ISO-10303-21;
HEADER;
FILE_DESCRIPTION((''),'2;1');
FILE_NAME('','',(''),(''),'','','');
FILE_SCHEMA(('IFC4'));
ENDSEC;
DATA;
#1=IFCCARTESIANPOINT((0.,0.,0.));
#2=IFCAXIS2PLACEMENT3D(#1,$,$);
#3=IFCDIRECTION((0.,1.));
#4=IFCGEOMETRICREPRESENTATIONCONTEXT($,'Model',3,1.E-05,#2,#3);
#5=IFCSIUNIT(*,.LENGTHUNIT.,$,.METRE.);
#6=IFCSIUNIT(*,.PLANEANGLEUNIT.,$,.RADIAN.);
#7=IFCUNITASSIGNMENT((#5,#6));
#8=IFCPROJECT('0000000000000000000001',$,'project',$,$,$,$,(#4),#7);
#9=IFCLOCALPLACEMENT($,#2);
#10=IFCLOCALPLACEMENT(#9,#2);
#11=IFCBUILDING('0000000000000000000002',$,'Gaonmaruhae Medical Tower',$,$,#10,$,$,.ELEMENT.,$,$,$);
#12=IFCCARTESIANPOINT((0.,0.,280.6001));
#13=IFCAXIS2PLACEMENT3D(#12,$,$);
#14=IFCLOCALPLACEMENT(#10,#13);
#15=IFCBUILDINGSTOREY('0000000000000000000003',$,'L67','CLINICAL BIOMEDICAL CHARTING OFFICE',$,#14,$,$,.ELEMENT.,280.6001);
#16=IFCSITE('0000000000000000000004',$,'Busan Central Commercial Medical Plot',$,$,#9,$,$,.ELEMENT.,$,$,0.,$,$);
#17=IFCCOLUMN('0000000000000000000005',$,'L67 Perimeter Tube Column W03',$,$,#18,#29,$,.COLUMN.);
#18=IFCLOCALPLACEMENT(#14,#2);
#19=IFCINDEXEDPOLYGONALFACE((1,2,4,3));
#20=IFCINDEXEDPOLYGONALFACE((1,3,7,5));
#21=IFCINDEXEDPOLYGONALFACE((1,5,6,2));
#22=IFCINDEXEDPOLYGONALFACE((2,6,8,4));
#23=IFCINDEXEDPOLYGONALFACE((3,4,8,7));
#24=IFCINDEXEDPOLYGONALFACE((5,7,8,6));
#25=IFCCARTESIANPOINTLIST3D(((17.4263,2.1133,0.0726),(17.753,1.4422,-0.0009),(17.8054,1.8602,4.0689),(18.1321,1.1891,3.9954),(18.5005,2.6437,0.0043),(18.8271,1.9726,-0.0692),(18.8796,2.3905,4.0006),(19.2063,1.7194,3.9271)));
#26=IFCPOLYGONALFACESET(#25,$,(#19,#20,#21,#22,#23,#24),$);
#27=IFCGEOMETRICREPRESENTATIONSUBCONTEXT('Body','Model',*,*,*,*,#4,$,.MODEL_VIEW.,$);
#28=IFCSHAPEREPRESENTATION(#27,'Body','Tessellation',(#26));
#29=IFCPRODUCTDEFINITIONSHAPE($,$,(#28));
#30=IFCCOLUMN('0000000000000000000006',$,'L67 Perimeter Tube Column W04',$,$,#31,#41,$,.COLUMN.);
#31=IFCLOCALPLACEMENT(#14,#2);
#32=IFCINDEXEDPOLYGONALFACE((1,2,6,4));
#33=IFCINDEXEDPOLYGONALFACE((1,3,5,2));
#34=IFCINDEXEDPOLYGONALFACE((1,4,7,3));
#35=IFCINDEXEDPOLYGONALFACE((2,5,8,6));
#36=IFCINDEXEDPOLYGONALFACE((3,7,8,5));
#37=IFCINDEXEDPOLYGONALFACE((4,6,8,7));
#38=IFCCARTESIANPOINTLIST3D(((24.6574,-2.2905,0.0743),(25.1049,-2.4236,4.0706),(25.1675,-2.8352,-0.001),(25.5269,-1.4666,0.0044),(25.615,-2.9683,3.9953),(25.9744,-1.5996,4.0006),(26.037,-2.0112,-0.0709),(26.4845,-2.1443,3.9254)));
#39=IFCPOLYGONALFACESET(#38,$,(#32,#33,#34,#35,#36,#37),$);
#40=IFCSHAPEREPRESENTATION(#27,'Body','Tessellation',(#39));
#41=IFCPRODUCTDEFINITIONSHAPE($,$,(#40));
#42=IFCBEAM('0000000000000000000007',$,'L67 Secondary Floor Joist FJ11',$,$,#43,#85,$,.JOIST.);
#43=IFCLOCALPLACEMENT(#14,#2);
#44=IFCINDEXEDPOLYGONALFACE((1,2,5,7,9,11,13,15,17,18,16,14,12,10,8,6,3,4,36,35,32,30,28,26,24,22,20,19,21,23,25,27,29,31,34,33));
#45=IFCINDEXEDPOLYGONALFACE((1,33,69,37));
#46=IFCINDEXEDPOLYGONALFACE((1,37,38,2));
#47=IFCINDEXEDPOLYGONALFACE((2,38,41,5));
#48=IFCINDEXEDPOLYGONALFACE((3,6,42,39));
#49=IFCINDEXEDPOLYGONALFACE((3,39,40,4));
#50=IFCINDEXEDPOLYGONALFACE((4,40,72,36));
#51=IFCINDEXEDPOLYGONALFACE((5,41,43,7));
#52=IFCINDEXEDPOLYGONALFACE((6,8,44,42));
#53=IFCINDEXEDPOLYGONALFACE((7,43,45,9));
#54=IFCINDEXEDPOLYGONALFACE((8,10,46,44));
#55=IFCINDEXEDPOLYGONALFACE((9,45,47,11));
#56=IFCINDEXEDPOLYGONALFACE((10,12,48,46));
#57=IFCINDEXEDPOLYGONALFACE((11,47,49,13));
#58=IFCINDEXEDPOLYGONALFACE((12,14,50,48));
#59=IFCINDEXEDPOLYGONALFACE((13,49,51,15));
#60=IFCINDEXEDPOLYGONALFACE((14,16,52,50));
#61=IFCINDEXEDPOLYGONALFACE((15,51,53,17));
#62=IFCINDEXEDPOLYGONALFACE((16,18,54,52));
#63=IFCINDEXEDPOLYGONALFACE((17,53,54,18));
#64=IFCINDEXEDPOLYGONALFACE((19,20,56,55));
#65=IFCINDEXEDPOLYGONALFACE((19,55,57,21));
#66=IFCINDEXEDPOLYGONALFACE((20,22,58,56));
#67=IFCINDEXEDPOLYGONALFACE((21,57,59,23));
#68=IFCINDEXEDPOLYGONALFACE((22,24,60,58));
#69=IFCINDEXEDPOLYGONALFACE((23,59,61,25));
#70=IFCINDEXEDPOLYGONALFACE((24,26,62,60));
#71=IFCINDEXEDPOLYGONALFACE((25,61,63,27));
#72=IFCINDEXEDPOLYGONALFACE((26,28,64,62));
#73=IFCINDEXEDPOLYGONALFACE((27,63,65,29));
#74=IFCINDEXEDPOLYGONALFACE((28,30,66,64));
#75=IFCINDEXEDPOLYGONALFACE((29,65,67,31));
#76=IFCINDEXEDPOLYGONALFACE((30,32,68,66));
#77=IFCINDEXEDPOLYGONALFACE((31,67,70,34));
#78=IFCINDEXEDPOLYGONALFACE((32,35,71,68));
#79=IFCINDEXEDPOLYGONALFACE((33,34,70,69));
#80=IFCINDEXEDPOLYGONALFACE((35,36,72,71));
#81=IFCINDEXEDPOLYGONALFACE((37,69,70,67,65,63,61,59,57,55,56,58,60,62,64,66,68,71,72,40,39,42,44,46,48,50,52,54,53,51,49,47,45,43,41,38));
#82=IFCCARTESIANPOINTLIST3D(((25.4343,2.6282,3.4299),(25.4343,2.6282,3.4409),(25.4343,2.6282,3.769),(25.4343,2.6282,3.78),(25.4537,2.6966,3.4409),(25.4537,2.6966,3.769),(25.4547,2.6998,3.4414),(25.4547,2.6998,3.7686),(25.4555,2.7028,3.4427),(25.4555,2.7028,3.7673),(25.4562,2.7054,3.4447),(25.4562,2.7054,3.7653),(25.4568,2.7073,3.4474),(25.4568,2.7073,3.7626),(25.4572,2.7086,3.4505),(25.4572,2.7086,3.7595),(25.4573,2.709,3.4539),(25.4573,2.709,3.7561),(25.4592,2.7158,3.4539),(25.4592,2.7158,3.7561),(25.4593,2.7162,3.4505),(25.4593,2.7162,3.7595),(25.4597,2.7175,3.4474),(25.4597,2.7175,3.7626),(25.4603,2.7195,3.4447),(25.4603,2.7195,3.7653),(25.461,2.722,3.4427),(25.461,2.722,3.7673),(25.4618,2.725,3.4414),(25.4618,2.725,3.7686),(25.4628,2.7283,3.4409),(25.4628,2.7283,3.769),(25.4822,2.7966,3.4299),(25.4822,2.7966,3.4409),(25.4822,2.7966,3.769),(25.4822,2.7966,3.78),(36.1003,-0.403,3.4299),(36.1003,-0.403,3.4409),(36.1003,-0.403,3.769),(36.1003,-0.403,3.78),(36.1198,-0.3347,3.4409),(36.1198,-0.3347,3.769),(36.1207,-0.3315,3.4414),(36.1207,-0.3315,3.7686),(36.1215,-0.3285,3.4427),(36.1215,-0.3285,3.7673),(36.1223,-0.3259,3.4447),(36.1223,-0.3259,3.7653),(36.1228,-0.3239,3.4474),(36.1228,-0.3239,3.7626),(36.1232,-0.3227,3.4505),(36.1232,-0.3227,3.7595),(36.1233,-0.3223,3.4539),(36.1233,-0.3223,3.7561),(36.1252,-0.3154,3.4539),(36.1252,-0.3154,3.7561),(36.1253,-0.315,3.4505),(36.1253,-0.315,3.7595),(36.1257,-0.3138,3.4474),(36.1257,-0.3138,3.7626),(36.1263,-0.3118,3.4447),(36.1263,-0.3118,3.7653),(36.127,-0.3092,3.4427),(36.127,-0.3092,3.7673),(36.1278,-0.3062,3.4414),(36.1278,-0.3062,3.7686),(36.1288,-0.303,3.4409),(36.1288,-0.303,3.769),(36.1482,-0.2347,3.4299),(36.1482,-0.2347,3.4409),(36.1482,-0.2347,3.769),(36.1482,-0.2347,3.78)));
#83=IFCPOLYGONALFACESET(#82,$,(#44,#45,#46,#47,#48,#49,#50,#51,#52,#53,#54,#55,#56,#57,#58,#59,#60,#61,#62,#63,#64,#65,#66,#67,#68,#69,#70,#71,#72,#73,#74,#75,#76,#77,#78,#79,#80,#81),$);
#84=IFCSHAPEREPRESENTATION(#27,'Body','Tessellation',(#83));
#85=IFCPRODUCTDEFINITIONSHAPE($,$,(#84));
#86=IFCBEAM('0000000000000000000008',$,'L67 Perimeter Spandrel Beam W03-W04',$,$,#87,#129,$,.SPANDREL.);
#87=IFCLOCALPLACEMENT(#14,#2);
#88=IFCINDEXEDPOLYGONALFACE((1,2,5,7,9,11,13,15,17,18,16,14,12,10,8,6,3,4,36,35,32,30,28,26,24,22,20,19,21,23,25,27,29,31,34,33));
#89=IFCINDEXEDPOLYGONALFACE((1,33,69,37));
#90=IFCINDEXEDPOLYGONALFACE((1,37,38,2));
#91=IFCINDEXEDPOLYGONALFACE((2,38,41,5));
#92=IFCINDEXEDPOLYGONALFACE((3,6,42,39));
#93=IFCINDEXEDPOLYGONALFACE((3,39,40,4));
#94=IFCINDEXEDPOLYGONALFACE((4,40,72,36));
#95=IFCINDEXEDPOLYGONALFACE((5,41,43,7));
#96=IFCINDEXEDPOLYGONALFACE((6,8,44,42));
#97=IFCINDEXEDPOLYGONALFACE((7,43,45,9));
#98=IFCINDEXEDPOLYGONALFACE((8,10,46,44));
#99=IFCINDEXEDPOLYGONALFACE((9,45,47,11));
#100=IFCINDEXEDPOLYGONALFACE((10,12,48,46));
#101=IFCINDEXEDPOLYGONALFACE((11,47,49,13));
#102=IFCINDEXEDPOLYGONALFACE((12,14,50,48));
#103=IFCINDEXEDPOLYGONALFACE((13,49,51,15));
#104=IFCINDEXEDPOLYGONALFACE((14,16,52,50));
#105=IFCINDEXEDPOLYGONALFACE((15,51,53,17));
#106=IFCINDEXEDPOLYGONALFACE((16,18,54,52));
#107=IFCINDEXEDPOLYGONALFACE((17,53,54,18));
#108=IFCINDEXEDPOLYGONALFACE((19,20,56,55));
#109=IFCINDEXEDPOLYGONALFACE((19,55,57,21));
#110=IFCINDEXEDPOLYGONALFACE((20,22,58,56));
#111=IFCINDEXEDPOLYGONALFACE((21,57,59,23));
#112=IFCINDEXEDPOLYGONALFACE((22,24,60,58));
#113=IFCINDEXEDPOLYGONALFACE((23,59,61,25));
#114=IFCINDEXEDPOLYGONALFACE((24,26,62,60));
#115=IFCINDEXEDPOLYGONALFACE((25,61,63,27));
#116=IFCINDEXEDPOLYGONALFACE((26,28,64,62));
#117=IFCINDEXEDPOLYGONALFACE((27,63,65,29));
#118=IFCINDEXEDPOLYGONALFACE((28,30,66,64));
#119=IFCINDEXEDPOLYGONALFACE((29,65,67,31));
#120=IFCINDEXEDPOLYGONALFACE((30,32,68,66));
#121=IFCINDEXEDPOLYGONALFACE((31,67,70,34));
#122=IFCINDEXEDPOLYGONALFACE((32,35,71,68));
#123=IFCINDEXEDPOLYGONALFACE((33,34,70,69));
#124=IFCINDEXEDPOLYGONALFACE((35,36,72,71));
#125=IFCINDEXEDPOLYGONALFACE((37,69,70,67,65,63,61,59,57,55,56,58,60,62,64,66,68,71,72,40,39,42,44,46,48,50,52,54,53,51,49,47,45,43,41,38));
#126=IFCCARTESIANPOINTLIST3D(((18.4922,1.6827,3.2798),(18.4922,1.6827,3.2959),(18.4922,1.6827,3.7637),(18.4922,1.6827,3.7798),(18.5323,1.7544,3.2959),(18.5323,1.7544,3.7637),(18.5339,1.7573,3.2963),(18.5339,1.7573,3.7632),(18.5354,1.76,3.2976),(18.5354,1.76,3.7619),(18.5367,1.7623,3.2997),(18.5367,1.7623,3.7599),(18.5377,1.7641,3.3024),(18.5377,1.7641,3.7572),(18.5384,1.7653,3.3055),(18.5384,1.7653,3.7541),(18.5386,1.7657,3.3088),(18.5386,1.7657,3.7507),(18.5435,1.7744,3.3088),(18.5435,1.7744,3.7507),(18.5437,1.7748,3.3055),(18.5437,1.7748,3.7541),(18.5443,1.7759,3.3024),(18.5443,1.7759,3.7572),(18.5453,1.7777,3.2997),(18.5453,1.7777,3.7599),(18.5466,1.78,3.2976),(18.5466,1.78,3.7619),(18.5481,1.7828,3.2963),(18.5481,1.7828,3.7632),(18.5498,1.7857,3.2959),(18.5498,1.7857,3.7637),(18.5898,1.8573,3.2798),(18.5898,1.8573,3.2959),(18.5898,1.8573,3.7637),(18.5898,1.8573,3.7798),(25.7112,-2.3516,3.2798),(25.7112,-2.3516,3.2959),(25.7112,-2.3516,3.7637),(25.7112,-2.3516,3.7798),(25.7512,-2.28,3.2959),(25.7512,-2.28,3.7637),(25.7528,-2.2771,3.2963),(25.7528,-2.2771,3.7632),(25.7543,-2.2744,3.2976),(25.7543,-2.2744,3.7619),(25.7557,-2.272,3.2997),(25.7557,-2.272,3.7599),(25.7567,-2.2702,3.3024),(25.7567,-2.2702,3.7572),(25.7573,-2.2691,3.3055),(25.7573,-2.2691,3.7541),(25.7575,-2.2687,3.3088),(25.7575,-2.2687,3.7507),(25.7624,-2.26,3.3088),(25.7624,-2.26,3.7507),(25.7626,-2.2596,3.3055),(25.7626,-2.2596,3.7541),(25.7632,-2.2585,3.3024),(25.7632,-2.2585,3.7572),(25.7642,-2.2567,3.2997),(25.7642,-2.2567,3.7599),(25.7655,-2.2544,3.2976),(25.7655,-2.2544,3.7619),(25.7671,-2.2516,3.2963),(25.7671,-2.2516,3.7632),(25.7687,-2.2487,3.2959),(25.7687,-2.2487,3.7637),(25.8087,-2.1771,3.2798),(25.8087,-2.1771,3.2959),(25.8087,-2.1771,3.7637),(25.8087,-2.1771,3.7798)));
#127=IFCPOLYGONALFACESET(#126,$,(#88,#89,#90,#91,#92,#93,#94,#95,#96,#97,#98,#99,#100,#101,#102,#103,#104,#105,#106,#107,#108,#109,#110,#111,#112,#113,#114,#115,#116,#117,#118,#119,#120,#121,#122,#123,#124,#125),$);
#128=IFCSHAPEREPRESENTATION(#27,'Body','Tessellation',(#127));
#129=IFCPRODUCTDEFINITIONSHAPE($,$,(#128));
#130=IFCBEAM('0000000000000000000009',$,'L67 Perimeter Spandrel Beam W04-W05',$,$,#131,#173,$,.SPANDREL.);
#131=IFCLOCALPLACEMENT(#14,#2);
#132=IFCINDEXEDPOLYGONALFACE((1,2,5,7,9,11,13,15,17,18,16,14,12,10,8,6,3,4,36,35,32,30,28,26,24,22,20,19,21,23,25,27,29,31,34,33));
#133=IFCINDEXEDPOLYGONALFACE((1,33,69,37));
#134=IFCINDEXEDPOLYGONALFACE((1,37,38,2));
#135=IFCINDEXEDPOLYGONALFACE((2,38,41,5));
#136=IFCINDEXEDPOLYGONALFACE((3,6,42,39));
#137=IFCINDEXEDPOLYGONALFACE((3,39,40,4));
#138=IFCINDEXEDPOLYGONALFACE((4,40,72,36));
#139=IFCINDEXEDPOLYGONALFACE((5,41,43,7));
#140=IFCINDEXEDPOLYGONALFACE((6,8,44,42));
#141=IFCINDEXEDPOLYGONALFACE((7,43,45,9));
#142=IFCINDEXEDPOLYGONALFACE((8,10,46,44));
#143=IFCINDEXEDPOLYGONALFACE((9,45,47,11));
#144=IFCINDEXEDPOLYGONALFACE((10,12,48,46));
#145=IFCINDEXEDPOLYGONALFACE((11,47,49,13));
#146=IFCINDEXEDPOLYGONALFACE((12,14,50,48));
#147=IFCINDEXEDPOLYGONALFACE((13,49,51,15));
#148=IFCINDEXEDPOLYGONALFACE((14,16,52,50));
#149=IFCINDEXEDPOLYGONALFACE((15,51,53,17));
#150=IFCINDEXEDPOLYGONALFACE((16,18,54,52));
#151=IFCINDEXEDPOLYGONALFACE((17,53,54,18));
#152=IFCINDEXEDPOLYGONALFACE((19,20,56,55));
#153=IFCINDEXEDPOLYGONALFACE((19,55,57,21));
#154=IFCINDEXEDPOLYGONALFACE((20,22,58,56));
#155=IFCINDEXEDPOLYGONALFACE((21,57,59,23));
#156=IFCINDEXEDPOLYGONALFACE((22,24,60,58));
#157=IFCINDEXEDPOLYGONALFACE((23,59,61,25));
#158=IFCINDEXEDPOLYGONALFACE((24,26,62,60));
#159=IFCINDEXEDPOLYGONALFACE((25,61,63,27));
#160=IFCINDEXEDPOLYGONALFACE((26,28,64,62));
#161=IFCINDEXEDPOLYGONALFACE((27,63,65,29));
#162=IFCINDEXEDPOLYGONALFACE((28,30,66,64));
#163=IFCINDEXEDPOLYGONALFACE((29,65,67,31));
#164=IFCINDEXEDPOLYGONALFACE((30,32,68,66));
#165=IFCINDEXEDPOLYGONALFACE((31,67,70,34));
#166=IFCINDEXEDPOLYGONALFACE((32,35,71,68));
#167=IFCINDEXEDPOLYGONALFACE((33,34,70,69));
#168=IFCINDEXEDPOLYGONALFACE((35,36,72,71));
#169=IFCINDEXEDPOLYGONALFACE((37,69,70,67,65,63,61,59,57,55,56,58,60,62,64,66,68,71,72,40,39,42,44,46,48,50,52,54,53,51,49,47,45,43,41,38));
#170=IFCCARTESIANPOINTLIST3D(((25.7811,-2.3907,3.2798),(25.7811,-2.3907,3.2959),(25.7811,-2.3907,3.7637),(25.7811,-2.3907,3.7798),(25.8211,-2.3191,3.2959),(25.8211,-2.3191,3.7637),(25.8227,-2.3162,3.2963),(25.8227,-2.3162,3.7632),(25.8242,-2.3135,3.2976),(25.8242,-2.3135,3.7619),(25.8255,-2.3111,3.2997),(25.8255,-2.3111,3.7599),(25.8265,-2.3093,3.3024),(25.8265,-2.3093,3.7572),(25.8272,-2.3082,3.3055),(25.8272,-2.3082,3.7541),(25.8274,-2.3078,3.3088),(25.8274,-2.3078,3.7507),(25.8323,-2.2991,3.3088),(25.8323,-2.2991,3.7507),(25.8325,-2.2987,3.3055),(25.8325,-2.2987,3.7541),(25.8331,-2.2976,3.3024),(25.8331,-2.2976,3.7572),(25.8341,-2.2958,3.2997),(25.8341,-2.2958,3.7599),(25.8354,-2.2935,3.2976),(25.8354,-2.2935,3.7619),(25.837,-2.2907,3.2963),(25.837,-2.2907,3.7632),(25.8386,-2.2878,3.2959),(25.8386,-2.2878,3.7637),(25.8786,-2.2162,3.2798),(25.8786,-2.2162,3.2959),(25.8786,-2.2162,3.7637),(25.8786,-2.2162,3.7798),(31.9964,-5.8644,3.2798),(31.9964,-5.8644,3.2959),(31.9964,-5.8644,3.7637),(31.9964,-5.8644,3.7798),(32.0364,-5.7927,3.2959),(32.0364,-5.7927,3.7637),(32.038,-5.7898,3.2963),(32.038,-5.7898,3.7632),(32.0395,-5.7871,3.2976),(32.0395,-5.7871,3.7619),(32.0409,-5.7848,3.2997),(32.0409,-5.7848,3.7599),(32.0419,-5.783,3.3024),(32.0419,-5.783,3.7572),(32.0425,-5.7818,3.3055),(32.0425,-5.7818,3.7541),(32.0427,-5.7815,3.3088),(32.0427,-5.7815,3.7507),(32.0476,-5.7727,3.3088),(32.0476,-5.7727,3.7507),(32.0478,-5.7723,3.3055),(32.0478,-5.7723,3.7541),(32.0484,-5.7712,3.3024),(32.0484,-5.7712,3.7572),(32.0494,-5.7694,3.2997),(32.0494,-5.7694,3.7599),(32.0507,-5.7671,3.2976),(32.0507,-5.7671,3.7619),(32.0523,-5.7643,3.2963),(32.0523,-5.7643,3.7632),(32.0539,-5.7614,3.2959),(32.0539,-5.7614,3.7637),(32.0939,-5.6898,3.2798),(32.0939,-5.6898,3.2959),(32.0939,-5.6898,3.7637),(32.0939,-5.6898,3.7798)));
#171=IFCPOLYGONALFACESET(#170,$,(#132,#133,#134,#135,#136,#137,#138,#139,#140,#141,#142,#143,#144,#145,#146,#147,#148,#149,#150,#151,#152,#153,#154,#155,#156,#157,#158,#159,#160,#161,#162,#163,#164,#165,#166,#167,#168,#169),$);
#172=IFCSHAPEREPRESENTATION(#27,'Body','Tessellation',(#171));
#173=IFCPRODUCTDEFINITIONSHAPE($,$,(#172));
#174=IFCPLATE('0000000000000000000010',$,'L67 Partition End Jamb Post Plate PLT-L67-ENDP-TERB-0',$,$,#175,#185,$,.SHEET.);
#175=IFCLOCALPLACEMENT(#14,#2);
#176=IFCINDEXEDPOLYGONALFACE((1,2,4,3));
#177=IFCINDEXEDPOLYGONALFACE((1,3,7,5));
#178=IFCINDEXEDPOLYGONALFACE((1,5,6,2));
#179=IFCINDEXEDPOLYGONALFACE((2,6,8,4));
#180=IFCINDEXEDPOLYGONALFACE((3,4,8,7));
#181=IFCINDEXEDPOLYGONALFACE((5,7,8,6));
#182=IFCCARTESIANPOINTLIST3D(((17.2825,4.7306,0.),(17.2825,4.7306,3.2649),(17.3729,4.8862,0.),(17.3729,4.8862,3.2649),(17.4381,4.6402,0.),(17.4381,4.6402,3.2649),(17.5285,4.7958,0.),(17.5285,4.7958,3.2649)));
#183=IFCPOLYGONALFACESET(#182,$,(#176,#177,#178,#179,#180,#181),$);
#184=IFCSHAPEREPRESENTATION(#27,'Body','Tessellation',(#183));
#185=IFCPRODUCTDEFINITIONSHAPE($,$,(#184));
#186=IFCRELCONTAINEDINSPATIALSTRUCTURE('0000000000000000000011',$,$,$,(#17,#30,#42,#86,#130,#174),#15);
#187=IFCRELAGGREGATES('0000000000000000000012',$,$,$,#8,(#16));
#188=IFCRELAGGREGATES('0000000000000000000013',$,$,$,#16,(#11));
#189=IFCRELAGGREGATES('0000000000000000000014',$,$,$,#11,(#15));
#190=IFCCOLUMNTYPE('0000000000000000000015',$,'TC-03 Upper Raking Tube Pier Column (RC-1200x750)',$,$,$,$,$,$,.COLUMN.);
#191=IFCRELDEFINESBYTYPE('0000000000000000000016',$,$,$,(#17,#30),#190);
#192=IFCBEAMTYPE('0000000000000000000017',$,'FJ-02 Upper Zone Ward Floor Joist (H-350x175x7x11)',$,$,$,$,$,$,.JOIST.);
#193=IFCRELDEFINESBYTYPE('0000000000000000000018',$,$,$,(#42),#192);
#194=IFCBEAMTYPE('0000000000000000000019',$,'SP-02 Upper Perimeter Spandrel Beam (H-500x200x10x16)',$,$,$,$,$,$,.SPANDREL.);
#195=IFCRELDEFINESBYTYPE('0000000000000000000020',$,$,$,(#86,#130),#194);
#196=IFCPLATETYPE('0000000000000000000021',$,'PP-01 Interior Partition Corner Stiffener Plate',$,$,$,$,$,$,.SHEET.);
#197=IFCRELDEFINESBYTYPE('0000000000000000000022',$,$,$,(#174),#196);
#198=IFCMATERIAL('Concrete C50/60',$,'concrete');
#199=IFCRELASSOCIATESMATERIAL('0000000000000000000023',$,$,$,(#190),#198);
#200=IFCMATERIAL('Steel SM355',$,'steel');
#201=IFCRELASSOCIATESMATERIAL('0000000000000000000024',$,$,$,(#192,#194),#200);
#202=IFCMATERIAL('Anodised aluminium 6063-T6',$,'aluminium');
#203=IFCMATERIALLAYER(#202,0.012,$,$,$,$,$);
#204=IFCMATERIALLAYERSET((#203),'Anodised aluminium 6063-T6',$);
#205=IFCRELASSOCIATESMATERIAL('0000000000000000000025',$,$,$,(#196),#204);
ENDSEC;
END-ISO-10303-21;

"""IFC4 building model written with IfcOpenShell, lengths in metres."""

from ifc_helpers import new_model, si_unit, direction, frame, origin, origin_2d, place, context, subcontext, project, spatial, rectangle, i_section, extrude, material, layer, layer_set, material_profile, profile_set, type_object, element, save


model = new_model("IFC4")

# Units and contexts
model_context = context("Model", 3, precision=1e-05, world=origin(), true_north=direction((0.0, 1.0)))
body_context = subcontext(model_context, "Body", "Model", "MODEL_VIEW")
ifc_project = project(units=[si_unit("LENGTHUNIT", "METRE"), si_unit("PLANEANGLEUNIT", "RADIAN")], contexts=[model_context])

# Site, building, storey
site_placement = place(None, origin())
site = spatial("IfcSite", under=ifc_project, at=site_placement, Name="Busan Central Commercial Medical Plot", CompositionType="ELEMENT", RefElevation=0.0)
building_placement = place(site_placement, origin())
building = spatial("IfcBuilding", under=site, at=building_placement, Name="Gaonmaruhae Medical Tower", CompositionType="ELEMENT")
storey_placement = place(building_placement, frame((0.0, 0.0, 280.6001)))
storey = spatial("IfcBuildingStorey", under=building, at=storey_placement, Name="L67", Description="CLINICAL BIOMEDICAL CHARTING OFFICE", CompositionType="ELEMENT", Elevation=280.6001)

# Columns
ifc_material_1 = material(Name="Concrete C50/60", Category="concrete")
ifc_material_profile_1 = material_profile(ifc_material_1, rectangle(XDim=1.2, YDim=0.75, at=origin_2d()), Name="RC-1200x750")
ifc_profile_set_1 = profile_set([ifc_material_profile_1], Name="Concrete C50/60")
column_type = type_object("IfcColumnType", Name="TC-03 Upper Raking Tube Pier Column (RC-1200x750)", PredefinedType="COLUMN", material=ifc_profile_set_1)
column_1_placement = place(storey_placement, frame((18.1267, 2.043, 0.0017), z_axis=(0.094263, -0.062943, 0.993556), x_axis=(-0.895202, -0.442009, 0.05693)))
element("IfcColumn", 1, at=column_1_placement, inside=storey, type_object=column_type, Name="L67 Perimeter Tube Column W03", PredefinedType="COLUMN", context=body_context, shape_type="SweptSolid", body=[
    extrude(rectangle(XDim=1.2, YDim=0.75, at=origin_2d()), origin(), (0.0, 0.0, 1.0), 4.0222),
])
column_2_placement = place(storey_placement, frame((25.3472, -2.1509, 0.0017), z_axis=(0.111224, -0.03307, 0.993245), x_axis=(-0.724624, -0.686676, 0.058281)))
element("IfcColumn", 2, at=column_2_placement, inside=storey, type_object=column_type, Name="L67 Perimeter Tube Column W04", PredefinedType="COLUMN", context=body_context, shape_type="SweptSolid", body=[
    extrude(rectangle(XDim=1.2, YDim=0.75, at=origin_2d()), origin(), (0.0, 0.0, 1.0), 4.0234),
])

# Beams
ifc_material_2 = material(Name="Steel SM355", Category="steel")
ifc_material_profile_2 = material_profile(ifc_material_2, i_section(OverallWidth=0.175, OverallDepth=0.3501, WebThickness=0.0071, FlangeThickness=0.011, FilletRadius=0.0129, at=origin_2d()), Name="H-350x175x7x11")
ifc_profile_set_2 = profile_set([ifc_material_profile_2], Name="Steel SM355")
beam_type_1 = type_object("IfcBeamType", Name="FJ-02 Upper Zone Ward Floor Joist (H-350x175x7x11)", PredefinedType="JOIST", material=ifc_profile_set_2)
beam_1_placement = place(storey_placement, frame((25.4583, 2.7124, 3.605), z_axis=(0.961909, -0.273372, 0.0), x_axis=(0.273372, 0.961909, 0.0)))
element("IfcBeam", 3, at=beam_1_placement, inside=storey, type_object=beam_type_1, Name="L67 Secondary Floor Joist FJ11", PredefinedType="JOIST", context=body_context, shape_type="SweptSolid", body=[
    extrude(i_section(OverallWidth=0.175, OverallDepth=0.3501, WebThickness=0.0071, FlangeThickness=0.011, FilletRadius=0.0129, at=origin_2d()), origin(), (0.0, 0.0, 1.0), 11.0884),
])
ifc_material_profile_3 = material_profile(ifc_material_2, i_section(OverallWidth=0.2, OverallDepth=0.5, WebThickness=0.01, FlangeThickness=0.0161, FilletRadius=0.0129, at=origin_2d()), Name="H-500x200x10x16")
ifc_profile_set_3 = profile_set([ifc_material_profile_3], Name="Steel SM355")
beam_type_2 = type_object("IfcBeamType", Name="SP-02 Upper Perimeter Spandrel Beam (H-500x200x10x16)", PredefinedType="SPANDREL", material=ifc_profile_set_3)
beam_2_placement = place(storey_placement, frame((18.541, 1.77, 3.5298), z_axis=(0.872929, -0.487847, 0.0), x_axis=(0.487847, 0.872929, 0.0)))
element("IfcBeam", 4, at=beam_2_placement, inside=storey, type_object=beam_type_2, Name="L67 Perimeter Spandrel Beam W03-W04", PredefinedType="SPANDREL", context=body_context, shape_type="SweptSolid", body=[
    extrude(i_section(OverallWidth=0.2, OverallDepth=0.5, WebThickness=0.01, FlangeThickness=0.0161, FilletRadius=0.0129, at=origin_2d()), origin(), (0.0, 0.0, 1.0), 8.2698),
])
beam_3_placement = place(storey_placement, frame((25.8298, -2.3035, 3.5298), z_axis=(0.872922, -0.48786, 0.0), x_axis=(0.48786, 0.872922, 0.0)))
element("IfcBeam", 5, at=beam_3_placement, inside=storey, type_object=beam_type_2, Name="L67 Perimeter Spandrel Beam W04-W05", PredefinedType="SPANDREL", context=body_context, shape_type="SweptSolid", body=[
    extrude(i_section(OverallWidth=0.2, OverallDepth=0.5, WebThickness=0.01, FlangeThickness=0.0161, FilletRadius=0.0129, at=origin_2d()), origin(), (0.0, 0.0, 1.0), 7.1201),
])

# Plate
ifc_material_3 = material(Name="Anodised aluminium 6063-T6", Category="aluminium")
ifc_layer_1 = layer(ifc_material_3, 0.012)
ifc_layer_set_1 = layer_set([ifc_layer_1], Name="Anodised aluminium 6063-T6")
plate_type = type_object("IfcPlateType", Name="PP-01 Interior Partition Corner Stiffener Plate", PredefinedType="SHEET", material=ifc_layer_set_1)
plate_1_placement = place(storey_placement, frame((17.4055, 4.7632, 0.0), z_axis=(0.0, 0.0, 1.0), x_axis=(-0.864713, 0.502266, 0.0)))
element("IfcPlate", 6, at=plate_1_placement, inside=storey, type_object=plate_type, Name="L67 Partition End Jamb Post Plate PLT-L67-ENDP-TERB-0", PredefinedType="SHEET", context=body_context, shape_type="SweptSolid", body=[
    extrude(rectangle(XDim=0.1799, YDim=0.1799, at=origin_2d()), origin(), (0.0, 0.0, 1.0), 3.2649),
])

save(model, "model.ifc")
